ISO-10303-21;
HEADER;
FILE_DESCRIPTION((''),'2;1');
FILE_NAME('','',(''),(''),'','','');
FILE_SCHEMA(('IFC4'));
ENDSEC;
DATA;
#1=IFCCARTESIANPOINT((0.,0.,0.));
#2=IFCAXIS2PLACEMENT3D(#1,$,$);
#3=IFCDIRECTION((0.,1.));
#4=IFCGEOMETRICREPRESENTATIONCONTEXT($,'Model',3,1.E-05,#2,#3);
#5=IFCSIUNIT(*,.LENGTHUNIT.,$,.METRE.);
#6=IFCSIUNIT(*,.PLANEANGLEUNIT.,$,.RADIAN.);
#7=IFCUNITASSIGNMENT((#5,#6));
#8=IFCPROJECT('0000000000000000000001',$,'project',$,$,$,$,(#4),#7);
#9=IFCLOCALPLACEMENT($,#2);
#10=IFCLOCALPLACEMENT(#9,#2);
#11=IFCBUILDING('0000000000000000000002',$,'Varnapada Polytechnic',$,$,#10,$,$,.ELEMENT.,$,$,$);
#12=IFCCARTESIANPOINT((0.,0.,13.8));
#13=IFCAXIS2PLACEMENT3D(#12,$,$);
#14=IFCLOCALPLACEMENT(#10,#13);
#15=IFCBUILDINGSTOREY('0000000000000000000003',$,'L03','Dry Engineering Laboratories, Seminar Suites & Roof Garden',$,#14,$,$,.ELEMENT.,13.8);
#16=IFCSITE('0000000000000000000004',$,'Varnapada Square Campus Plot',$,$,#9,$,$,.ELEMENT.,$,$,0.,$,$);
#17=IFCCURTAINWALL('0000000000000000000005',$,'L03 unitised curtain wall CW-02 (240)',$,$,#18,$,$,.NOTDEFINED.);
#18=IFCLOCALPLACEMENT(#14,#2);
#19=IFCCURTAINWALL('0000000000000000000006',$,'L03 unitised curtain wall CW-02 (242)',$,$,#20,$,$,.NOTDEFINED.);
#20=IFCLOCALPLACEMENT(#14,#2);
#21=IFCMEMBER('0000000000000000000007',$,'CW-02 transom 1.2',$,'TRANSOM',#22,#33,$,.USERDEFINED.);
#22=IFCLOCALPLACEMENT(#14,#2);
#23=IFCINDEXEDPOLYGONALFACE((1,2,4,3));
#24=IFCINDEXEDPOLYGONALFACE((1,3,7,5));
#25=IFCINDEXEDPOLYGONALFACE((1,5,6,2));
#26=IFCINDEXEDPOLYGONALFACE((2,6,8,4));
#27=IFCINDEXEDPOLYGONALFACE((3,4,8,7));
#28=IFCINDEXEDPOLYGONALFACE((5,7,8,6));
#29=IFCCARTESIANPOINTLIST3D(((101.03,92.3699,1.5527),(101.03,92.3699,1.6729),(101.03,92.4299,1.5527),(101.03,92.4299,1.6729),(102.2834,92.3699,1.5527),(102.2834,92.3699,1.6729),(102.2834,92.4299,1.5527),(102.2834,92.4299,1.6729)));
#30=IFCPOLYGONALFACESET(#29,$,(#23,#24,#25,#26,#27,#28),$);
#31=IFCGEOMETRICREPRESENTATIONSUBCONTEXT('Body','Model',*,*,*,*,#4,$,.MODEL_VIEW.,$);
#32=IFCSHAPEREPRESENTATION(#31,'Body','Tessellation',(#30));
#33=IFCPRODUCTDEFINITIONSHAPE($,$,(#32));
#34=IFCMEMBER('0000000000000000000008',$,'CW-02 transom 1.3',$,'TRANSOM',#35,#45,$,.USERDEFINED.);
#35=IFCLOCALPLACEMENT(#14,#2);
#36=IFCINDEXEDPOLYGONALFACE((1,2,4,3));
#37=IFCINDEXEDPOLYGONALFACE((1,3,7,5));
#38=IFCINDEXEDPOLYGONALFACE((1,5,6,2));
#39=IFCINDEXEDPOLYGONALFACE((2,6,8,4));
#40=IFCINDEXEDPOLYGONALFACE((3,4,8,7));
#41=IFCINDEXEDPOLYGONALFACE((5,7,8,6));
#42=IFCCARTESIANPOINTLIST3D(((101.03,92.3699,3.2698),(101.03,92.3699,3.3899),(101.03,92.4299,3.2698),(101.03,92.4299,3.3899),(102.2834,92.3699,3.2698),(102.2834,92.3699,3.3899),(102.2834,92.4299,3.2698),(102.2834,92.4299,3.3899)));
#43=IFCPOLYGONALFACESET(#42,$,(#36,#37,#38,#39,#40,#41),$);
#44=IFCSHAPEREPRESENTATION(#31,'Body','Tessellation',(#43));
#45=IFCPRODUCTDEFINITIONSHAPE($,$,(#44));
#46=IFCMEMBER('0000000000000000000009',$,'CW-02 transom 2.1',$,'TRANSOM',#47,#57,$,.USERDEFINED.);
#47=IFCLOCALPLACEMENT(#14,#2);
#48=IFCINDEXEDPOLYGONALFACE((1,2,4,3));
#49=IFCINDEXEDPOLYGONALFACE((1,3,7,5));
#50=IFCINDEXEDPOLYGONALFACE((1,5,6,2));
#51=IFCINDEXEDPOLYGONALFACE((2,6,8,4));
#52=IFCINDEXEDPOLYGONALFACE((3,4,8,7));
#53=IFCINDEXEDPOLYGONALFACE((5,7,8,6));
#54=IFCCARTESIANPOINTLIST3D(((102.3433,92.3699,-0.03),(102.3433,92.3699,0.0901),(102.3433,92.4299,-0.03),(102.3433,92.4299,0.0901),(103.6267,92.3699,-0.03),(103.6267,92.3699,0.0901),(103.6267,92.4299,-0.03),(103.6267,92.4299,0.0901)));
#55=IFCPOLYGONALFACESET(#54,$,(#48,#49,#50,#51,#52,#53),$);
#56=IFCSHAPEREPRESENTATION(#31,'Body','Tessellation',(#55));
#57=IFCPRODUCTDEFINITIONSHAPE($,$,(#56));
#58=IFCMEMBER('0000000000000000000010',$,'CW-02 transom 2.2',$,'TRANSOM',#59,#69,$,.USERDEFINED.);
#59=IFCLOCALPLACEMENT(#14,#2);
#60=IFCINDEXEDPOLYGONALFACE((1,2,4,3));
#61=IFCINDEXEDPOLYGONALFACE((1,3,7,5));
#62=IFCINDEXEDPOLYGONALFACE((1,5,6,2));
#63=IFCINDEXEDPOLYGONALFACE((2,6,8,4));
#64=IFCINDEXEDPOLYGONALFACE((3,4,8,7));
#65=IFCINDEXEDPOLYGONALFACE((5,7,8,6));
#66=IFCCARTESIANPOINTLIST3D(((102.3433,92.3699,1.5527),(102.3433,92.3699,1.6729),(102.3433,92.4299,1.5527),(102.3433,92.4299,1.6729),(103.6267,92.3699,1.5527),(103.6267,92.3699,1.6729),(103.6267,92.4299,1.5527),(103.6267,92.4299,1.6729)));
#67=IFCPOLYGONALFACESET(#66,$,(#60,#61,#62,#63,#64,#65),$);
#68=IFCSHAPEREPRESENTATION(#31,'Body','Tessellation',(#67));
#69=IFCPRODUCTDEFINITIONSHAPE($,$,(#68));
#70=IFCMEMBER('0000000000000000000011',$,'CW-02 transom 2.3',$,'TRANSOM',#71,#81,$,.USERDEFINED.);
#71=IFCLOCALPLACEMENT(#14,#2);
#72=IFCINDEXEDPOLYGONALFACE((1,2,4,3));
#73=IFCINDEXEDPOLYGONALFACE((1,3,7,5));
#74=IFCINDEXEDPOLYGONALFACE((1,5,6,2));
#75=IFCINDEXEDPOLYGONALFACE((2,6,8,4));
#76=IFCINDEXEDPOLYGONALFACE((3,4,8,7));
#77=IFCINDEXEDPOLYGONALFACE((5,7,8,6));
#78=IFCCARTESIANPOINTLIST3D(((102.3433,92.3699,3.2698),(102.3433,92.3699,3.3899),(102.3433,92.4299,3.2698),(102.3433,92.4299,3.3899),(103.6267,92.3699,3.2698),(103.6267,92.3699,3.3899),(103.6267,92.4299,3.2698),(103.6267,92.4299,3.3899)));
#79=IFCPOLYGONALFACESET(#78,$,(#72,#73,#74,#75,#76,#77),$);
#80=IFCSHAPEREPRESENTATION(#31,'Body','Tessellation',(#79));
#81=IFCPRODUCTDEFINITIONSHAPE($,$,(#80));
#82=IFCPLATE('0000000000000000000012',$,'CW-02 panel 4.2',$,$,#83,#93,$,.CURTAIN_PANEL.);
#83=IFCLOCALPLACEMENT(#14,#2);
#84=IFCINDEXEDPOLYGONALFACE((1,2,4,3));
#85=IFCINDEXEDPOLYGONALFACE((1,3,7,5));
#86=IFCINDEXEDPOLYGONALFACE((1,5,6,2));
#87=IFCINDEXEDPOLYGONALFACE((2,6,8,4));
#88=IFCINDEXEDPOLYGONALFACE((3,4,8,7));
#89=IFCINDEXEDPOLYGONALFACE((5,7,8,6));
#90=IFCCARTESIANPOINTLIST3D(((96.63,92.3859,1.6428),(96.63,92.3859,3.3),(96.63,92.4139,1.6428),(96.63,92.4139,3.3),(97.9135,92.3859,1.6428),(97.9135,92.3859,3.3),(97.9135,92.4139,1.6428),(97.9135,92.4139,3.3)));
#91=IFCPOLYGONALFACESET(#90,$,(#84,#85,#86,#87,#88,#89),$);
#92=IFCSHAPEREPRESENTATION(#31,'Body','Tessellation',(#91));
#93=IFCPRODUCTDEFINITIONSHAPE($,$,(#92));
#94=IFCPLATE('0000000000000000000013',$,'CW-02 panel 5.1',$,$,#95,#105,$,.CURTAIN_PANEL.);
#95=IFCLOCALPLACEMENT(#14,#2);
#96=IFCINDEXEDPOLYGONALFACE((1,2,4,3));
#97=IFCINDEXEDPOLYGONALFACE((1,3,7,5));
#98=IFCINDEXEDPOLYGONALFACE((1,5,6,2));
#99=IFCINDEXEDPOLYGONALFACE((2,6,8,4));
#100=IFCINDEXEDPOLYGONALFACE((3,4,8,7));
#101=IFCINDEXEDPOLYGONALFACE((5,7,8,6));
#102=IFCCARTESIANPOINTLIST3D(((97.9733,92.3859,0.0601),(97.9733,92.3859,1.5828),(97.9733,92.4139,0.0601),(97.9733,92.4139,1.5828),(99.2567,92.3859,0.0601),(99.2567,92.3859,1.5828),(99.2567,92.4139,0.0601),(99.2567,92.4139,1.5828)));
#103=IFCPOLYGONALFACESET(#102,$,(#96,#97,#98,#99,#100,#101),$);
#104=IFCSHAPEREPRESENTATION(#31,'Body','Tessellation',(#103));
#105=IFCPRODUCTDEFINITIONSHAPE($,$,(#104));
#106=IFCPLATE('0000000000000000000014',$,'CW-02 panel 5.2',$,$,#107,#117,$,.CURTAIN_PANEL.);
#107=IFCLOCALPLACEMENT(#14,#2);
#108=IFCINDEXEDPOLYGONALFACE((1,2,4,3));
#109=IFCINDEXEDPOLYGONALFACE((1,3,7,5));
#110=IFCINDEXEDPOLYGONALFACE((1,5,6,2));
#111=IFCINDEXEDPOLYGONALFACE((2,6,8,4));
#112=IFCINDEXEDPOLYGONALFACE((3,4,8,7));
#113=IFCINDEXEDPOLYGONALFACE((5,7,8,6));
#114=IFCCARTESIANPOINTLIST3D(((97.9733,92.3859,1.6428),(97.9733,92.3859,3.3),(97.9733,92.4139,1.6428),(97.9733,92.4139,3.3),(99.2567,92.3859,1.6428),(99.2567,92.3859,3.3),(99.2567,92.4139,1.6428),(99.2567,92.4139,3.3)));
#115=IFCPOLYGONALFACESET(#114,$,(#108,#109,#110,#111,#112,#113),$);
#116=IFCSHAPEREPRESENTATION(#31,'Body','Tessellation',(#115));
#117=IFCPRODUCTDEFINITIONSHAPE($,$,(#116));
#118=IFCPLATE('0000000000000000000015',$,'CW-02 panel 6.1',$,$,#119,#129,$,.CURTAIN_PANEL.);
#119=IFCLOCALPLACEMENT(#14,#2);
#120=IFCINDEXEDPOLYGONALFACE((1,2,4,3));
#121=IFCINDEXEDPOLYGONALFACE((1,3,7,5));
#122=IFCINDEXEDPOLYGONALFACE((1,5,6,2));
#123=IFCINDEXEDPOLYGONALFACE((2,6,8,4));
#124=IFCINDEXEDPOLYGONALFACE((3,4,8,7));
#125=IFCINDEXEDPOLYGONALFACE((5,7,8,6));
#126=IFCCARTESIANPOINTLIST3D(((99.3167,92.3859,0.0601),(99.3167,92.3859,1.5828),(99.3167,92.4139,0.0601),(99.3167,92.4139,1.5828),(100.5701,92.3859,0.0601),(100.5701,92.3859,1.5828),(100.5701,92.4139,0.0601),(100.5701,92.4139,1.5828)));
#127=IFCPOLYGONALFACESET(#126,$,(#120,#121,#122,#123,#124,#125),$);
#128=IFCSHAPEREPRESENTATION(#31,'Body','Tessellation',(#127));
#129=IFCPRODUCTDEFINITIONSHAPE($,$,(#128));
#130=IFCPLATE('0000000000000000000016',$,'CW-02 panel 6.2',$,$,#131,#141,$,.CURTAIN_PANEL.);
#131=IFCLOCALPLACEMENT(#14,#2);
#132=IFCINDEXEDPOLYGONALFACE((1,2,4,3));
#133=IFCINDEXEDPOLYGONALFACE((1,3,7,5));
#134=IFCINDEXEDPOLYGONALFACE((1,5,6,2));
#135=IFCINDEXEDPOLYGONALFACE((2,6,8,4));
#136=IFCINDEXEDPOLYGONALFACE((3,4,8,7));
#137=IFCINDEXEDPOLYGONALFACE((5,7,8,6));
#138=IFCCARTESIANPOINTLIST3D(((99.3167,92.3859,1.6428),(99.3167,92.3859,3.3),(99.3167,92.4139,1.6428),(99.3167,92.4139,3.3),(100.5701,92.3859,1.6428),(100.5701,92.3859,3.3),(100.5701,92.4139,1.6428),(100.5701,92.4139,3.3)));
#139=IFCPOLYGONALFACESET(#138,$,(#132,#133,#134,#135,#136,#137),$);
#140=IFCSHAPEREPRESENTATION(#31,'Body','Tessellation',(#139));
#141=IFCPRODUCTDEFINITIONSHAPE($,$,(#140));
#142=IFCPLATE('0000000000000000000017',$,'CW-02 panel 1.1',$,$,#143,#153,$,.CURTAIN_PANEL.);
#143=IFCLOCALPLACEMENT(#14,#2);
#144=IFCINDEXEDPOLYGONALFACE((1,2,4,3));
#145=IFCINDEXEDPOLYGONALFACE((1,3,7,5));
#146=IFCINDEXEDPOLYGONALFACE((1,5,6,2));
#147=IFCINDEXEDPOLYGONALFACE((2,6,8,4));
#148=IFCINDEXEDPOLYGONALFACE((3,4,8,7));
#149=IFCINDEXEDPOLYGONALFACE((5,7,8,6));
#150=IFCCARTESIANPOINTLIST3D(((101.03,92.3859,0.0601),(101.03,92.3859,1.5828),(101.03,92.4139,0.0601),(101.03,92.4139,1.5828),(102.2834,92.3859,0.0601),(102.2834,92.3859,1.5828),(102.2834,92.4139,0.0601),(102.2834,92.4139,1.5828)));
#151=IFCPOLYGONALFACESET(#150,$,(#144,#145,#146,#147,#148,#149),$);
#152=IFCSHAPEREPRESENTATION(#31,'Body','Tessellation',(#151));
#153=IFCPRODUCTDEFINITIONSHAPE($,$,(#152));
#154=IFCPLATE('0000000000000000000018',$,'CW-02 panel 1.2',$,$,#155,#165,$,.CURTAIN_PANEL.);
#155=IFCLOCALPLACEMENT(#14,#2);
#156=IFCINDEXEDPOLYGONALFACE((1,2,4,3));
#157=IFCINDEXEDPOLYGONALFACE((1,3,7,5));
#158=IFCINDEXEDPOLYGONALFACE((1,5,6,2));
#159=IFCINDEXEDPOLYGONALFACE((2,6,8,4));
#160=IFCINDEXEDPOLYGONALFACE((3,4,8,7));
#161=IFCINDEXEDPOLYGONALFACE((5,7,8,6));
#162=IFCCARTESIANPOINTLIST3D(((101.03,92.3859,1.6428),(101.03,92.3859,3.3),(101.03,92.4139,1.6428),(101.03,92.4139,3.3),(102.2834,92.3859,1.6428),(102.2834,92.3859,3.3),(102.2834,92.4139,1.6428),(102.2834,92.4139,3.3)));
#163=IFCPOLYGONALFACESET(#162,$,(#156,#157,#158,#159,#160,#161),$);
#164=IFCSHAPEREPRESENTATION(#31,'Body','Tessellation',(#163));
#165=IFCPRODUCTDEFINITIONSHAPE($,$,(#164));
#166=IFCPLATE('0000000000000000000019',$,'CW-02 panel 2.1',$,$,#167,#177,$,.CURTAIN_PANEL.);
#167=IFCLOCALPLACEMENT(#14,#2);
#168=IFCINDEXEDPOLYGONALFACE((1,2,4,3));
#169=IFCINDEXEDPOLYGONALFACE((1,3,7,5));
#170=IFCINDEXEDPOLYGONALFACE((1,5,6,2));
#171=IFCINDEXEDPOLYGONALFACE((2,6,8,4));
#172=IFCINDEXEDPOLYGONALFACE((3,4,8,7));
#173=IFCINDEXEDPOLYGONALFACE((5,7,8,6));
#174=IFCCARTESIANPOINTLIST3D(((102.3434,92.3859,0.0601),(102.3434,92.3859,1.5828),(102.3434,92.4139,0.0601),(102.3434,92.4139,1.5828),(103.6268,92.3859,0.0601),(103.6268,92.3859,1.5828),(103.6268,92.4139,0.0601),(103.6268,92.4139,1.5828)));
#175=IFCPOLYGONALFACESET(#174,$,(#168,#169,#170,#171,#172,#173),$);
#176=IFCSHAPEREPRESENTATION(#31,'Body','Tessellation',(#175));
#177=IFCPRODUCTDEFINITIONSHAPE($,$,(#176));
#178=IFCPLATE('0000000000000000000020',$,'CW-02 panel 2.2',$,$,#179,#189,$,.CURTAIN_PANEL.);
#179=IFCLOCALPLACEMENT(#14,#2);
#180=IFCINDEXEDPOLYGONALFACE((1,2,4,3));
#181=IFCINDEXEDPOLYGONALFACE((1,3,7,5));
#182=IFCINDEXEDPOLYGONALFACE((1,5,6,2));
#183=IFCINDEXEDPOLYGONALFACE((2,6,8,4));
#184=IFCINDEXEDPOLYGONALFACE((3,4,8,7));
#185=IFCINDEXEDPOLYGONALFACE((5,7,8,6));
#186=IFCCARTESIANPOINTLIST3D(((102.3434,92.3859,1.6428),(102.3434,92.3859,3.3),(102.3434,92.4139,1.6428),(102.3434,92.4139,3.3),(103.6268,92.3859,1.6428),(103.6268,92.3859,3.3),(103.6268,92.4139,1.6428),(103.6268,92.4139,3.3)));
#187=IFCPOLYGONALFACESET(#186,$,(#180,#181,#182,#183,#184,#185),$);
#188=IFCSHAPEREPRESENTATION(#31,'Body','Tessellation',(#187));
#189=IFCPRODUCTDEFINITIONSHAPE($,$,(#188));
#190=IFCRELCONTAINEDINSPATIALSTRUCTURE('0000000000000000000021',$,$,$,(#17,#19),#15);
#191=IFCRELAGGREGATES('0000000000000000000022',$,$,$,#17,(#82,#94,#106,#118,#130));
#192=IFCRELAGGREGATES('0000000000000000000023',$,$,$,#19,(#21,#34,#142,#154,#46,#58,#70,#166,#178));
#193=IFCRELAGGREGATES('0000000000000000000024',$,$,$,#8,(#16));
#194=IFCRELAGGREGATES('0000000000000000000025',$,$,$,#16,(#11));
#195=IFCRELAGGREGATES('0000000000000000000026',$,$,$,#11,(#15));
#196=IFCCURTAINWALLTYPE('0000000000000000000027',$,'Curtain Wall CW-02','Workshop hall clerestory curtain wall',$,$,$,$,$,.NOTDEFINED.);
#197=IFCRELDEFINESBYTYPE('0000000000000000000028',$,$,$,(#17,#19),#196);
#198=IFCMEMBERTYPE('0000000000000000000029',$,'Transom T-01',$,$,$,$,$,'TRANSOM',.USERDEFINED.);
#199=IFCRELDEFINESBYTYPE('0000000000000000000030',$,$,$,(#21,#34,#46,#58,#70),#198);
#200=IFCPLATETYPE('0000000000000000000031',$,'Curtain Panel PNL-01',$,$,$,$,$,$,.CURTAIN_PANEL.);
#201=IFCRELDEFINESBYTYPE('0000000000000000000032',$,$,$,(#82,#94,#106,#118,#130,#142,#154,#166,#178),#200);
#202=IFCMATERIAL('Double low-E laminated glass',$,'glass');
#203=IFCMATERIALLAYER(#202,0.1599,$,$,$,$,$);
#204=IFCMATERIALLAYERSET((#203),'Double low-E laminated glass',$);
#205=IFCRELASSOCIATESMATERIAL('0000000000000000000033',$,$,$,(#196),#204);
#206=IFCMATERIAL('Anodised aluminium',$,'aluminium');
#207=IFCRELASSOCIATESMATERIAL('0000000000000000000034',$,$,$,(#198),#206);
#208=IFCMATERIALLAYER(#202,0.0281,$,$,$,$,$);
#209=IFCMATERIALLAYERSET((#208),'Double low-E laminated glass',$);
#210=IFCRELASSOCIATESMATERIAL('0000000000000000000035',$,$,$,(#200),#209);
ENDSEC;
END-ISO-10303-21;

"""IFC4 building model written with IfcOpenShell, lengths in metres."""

from ifc_helpers import new_model, si_unit, direction, frame, origin, origin_2d, place, context, subcontext, project, spatial, rectangle, extrude, material, layer, layer_set, material_profile, profile_set, type_object, element, aggregate, save


model = new_model("IFC4")

# Units and contexts
model_context = context("Model", 3, precision=1e-05, world=origin(), true_north=direction((0.0, 1.0)))
body_context = subcontext(model_context, "Body", "Model", "MODEL_VIEW")
ifc_project = project(units=[si_unit("LENGTHUNIT", "METRE"), si_unit("PLANEANGLEUNIT", "RADIAN")], contexts=[model_context])

# Site, building, storey
site_placement = place(None, origin())
site = spatial("IfcSite", under=ifc_project, at=site_placement, Name="Varnapada Square Campus Plot", CompositionType="ELEMENT", RefElevation=0.0)
building_placement = place(site_placement, origin())
building = spatial("IfcBuilding", under=site, at=building_placement, Name="Varnapada Polytechnic", CompositionType="ELEMENT")
storey_placement = place(building_placement, frame((0.0, 0.0, 13.8)))
storey = spatial("IfcBuildingStorey", under=building, at=storey_placement, Name="L03", Description="Dry Engineering Laboratories, Seminar Suites & Roof Garden", CompositionType="ELEMENT", Elevation=13.8)

# Curtain walls
ifc_material_1 = material(Name="Double low-E laminated glass", Category="glass")
ifc_layer_1 = layer(ifc_material_1, 0.1599)
ifc_layer_set_1 = layer_set([ifc_layer_1], Name="Double low-E laminated glass")
curtain_wall_type = type_object("IfcCurtainWallType", Name="Curtain Wall CW-02", Description="Workshop hall clerestory curtain wall", PredefinedType="NOTDEFINED", material=ifc_layer_set_1)
curtain_wall_1_placement = place(storey_placement, origin())
curtain_wall_1 = element("IfcCurtainWall", 1, at=curtain_wall_1_placement, inside=storey, type_object=curtain_wall_type, Name="L03 unitised curtain wall CW-02 (240)", PredefinedType="NOTDEFINED")
ifc_material_2 = material(Name="Anodised aluminium", Category="aluminium")
curtain_wall_2_placement = place(storey_placement, origin())
curtain_wall_2 = element("IfcCurtainWall", 2, at=curtain_wall_2_placement, inside=storey, type_object=curtain_wall_type, Name="L03 unitised curtain wall CW-02 (242)", PredefinedType="NOTDEFINED")

# Members
ifc_material_profile_1 = material_profile(ifc_material_2, rectangle(XDim=0.0601, YDim=0.1201, at=origin_2d()), Name="ALU T60x120")
ifc_profile_set_1 = profile_set([ifc_material_profile_1], Name="Anodised aluminium")
member_type_1 = type_object("IfcMemberType", Name="Transom T-01", ElementType="TRANSOM", PredefinedType="USERDEFINED", material=ifc_profile_set_1)
member_1_placement = place(storey_placement, frame((101.03, 92.3999, 1.6128), z_axis=(1.0, 0.0, 0.0), x_axis=(0.0, 1.0, 0.0)))
member_1 = element("IfcMember", 3, at=member_1_placement, type_object=member_type_1, Name="CW-02 transom 1.2", ObjectType="TRANSOM", PredefinedType="USERDEFINED", context=body_context, shape_type="SweptSolid", body=[
    extrude(rectangle(XDim=0.0601, YDim=0.1201, at=origin_2d()), origin(), (0.0, 0.0, 1.0), 1.2534),
])
member_2_placement = place(storey_placement, frame((101.03, 92.3999, 3.3298), z_axis=(1.0, 0.0, 0.0), x_axis=(0.0, 1.0, 0.0)))
member_2 = element("IfcMember", 4, at=member_2_placement, type_object=member_type_1, Name="CW-02 transom 1.3", ObjectType="TRANSOM", PredefinedType="USERDEFINED", context=body_context, shape_type="SweptSolid", body=[
    extrude(rectangle(XDim=0.0601, YDim=0.1201, at=origin_2d()), origin(), (0.0, 0.0, 1.0), 1.2534),
])
member_3_placement = place(storey_placement, frame((102.3433, 92.3999, 0.03), z_axis=(1.0, 0.0, 0.0), x_axis=(0.0, 1.0, 0.0)))
member_3 = element("IfcMember", 5, at=member_3_placement, type_object=member_type_1, Name="CW-02 transom 2.1", ObjectType="TRANSOM", PredefinedType="USERDEFINED", context=body_context, shape_type="SweptSolid", body=[
    extrude(rectangle(XDim=0.0601, YDim=0.1201, at=origin_2d()), origin(), (0.0, 0.0, 1.0), 1.2834),
])
member_4_placement = place(storey_placement, frame((102.3433, 92.3999, 1.6128), z_axis=(1.0, 0.0, 0.0), x_axis=(0.0, 1.0, 0.0)))
member_4 = element("IfcMember", 6, at=member_4_placement, type_object=member_type_1, Name="CW-02 transom 2.2", ObjectType="TRANSOM", PredefinedType="USERDEFINED", context=body_context, shape_type="SweptSolid", body=[
    extrude(rectangle(XDim=0.0601, YDim=0.1201, at=origin_2d()), origin(), (0.0, 0.0, 1.0), 1.2834),
])
member_5_placement = place(storey_placement, frame((102.3433, 92.3999, 3.3298), z_axis=(1.0, 0.0, 0.0), x_axis=(0.0, 1.0, 0.0)))
member_5 = element("IfcMember", 7, at=member_5_placement, type_object=member_type_1, Name="CW-02 transom 2.3", ObjectType="TRANSOM", PredefinedType="USERDEFINED", context=body_context, shape_type="SweptSolid", body=[
    extrude(rectangle(XDim=0.0601, YDim=0.1201, at=origin_2d()), origin(), (0.0, 0.0, 1.0), 1.2834),
])

# Plates
ifc_layer_2 = layer(ifc_material_1, 0.0281)
ifc_layer_set_2 = layer_set([ifc_layer_2], Name="Double low-E laminated glass")
plate_type = type_object("IfcPlateType", Name="Curtain Panel PNL-01", PredefinedType="CURTAIN_PANEL", material=ifc_layer_set_2)
plate_1_placement = place(storey_placement, frame((97.2717, 92.3999, 1.6428), z_axis=(0.0, 0.0, 1.0), x_axis=(1.0, 0.0, 0.0)))
plate_1 = element("IfcPlate", 8, at=plate_1_placement, type_object=plate_type, Name="CW-02 panel 4.2", PredefinedType="CURTAIN_PANEL", context=body_context, shape_type="SweptSolid", body=[
    extrude(rectangle(XDim=1.2834, YDim=0.0281, at=origin_2d()), origin(), (0.0, 0.0, 1.0), 1.6572),
])
plate_2_placement = place(storey_placement, frame((98.615, 92.3999, 0.0601), z_axis=(0.0, 0.0, 1.0), x_axis=(1.0, 0.0, 0.0)))
plate_2 = element("IfcPlate", 9, at=plate_2_placement, type_object=plate_type, Name="CW-02 panel 5.1", PredefinedType="CURTAIN_PANEL", context=body_context, shape_type="SweptSolid", body=[
    extrude(rectangle(XDim=1.2834, YDim=0.0281, at=origin_2d()), origin(), (0.0, 0.0, 1.0), 1.5227),
])
plate_3_placement = place(storey_placement, frame((98.615, 92.3999, 1.6428), z_axis=(0.0, 0.0, 1.0), x_axis=(1.0, 0.0, 0.0)))
plate_3 = element("IfcPlate", 10, at=plate_3_placement, type_object=plate_type, Name="CW-02 panel 5.2", PredefinedType="CURTAIN_PANEL", context=body_context, shape_type="SweptSolid", body=[
    extrude(rectangle(XDim=1.2834, YDim=0.0281, at=origin_2d()), origin(), (0.0, 0.0, 1.0), 1.6572),
])
plate_4_placement = place(storey_placement, frame((99.9434, 92.3999, 0.0601), z_axis=(0.0, 0.0, 1.0), x_axis=(1.0, 0.0, 0.0)))
plate_4 = element("IfcPlate", 11, at=plate_4_placement, type_object=plate_type, Name="CW-02 panel 6.1", PredefinedType="CURTAIN_PANEL", context=body_context, shape_type="SweptSolid", body=[
    extrude(rectangle(XDim=1.2534, YDim=0.0281, at=origin_2d()), origin(), (0.0, 0.0, 1.0), 1.5227),
])
plate_5_placement = place(storey_placement, frame((99.9434, 92.3999, 1.6428), z_axis=(0.0, 0.0, 1.0), x_axis=(1.0, 0.0, 0.0)))
plate_5 = element("IfcPlate", 12, at=plate_5_placement, type_object=plate_type, Name="CW-02 panel 6.2", PredefinedType="CURTAIN_PANEL", context=body_context, shape_type="SweptSolid", body=[
    extrude(rectangle(XDim=1.2534, YDim=0.0281, at=origin_2d()), origin(), (0.0, 0.0, 1.0), 1.6572),
])
aggregate(curtain_wall_1, [plate_1, plate_2, plate_3, plate_4, plate_5])
plate_6_placement = place(storey_placement, frame((101.6567, 92.3999, 0.0601), z_axis=(0.0, 0.0, 1.0), x_axis=(1.0, 0.0, 0.0)))
plate_6 = element("IfcPlate", 13, at=plate_6_placement, type_object=plate_type, Name="CW-02 panel 1.1", PredefinedType="CURTAIN_PANEL", context=body_context, shape_type="SweptSolid", body=[
    extrude(rectangle(XDim=1.2534, YDim=0.0281, at=origin_2d()), origin(), (0.0, 0.0, 1.0), 1.5227),
])
plate_7_placement = place(storey_placement, frame((101.6567, 92.3999, 1.6428), z_axis=(0.0, 0.0, 1.0), x_axis=(1.0, 0.0, 0.0)))
plate_7 = element("IfcPlate", 14, at=plate_7_placement, type_object=plate_type, Name="CW-02 panel 1.2", PredefinedType="CURTAIN_PANEL", context=body_context, shape_type="SweptSolid", body=[
    extrude(rectangle(XDim=1.2534, YDim=0.0281, at=origin_2d()), origin(), (0.0, 0.0, 1.0), 1.6572),
])
plate_8_placement = place(storey_placement, frame((102.9851, 92.3999, 0.0601), z_axis=(0.0, 0.0, 1.0), x_axis=(1.0, 0.0, 0.0)))
plate_8 = element("IfcPlate", 15, at=plate_8_placement, type_object=plate_type, Name="CW-02 panel 2.1", PredefinedType="CURTAIN_PANEL", context=body_context, shape_type="SweptSolid", body=[
    extrude(rectangle(XDim=1.2834, YDim=0.0281, at=origin_2d()), origin(), (0.0, 0.0, 1.0), 1.5227),
])
plate_9_placement = place(storey_placement, frame((102.9851, 92.3999, 1.6428), z_axis=(0.0, 0.0, 1.0), x_axis=(1.0, 0.0, 0.0)))
plate_9 = element("IfcPlate", 16, at=plate_9_placement, type_object=plate_type, Name="CW-02 panel 2.2", PredefinedType="CURTAIN_PANEL", context=body_context, shape_type="SweptSolid", body=[
    extrude(rectangle(XDim=1.2834, YDim=0.0281, at=origin_2d()), origin(), (0.0, 0.0, 1.0), 1.6572),
])
aggregate(curtain_wall_2, [member_1, member_2, plate_6, plate_7, member_3, member_4, member_5, plate_8, plate_9])

save(model, "model.ifc")
